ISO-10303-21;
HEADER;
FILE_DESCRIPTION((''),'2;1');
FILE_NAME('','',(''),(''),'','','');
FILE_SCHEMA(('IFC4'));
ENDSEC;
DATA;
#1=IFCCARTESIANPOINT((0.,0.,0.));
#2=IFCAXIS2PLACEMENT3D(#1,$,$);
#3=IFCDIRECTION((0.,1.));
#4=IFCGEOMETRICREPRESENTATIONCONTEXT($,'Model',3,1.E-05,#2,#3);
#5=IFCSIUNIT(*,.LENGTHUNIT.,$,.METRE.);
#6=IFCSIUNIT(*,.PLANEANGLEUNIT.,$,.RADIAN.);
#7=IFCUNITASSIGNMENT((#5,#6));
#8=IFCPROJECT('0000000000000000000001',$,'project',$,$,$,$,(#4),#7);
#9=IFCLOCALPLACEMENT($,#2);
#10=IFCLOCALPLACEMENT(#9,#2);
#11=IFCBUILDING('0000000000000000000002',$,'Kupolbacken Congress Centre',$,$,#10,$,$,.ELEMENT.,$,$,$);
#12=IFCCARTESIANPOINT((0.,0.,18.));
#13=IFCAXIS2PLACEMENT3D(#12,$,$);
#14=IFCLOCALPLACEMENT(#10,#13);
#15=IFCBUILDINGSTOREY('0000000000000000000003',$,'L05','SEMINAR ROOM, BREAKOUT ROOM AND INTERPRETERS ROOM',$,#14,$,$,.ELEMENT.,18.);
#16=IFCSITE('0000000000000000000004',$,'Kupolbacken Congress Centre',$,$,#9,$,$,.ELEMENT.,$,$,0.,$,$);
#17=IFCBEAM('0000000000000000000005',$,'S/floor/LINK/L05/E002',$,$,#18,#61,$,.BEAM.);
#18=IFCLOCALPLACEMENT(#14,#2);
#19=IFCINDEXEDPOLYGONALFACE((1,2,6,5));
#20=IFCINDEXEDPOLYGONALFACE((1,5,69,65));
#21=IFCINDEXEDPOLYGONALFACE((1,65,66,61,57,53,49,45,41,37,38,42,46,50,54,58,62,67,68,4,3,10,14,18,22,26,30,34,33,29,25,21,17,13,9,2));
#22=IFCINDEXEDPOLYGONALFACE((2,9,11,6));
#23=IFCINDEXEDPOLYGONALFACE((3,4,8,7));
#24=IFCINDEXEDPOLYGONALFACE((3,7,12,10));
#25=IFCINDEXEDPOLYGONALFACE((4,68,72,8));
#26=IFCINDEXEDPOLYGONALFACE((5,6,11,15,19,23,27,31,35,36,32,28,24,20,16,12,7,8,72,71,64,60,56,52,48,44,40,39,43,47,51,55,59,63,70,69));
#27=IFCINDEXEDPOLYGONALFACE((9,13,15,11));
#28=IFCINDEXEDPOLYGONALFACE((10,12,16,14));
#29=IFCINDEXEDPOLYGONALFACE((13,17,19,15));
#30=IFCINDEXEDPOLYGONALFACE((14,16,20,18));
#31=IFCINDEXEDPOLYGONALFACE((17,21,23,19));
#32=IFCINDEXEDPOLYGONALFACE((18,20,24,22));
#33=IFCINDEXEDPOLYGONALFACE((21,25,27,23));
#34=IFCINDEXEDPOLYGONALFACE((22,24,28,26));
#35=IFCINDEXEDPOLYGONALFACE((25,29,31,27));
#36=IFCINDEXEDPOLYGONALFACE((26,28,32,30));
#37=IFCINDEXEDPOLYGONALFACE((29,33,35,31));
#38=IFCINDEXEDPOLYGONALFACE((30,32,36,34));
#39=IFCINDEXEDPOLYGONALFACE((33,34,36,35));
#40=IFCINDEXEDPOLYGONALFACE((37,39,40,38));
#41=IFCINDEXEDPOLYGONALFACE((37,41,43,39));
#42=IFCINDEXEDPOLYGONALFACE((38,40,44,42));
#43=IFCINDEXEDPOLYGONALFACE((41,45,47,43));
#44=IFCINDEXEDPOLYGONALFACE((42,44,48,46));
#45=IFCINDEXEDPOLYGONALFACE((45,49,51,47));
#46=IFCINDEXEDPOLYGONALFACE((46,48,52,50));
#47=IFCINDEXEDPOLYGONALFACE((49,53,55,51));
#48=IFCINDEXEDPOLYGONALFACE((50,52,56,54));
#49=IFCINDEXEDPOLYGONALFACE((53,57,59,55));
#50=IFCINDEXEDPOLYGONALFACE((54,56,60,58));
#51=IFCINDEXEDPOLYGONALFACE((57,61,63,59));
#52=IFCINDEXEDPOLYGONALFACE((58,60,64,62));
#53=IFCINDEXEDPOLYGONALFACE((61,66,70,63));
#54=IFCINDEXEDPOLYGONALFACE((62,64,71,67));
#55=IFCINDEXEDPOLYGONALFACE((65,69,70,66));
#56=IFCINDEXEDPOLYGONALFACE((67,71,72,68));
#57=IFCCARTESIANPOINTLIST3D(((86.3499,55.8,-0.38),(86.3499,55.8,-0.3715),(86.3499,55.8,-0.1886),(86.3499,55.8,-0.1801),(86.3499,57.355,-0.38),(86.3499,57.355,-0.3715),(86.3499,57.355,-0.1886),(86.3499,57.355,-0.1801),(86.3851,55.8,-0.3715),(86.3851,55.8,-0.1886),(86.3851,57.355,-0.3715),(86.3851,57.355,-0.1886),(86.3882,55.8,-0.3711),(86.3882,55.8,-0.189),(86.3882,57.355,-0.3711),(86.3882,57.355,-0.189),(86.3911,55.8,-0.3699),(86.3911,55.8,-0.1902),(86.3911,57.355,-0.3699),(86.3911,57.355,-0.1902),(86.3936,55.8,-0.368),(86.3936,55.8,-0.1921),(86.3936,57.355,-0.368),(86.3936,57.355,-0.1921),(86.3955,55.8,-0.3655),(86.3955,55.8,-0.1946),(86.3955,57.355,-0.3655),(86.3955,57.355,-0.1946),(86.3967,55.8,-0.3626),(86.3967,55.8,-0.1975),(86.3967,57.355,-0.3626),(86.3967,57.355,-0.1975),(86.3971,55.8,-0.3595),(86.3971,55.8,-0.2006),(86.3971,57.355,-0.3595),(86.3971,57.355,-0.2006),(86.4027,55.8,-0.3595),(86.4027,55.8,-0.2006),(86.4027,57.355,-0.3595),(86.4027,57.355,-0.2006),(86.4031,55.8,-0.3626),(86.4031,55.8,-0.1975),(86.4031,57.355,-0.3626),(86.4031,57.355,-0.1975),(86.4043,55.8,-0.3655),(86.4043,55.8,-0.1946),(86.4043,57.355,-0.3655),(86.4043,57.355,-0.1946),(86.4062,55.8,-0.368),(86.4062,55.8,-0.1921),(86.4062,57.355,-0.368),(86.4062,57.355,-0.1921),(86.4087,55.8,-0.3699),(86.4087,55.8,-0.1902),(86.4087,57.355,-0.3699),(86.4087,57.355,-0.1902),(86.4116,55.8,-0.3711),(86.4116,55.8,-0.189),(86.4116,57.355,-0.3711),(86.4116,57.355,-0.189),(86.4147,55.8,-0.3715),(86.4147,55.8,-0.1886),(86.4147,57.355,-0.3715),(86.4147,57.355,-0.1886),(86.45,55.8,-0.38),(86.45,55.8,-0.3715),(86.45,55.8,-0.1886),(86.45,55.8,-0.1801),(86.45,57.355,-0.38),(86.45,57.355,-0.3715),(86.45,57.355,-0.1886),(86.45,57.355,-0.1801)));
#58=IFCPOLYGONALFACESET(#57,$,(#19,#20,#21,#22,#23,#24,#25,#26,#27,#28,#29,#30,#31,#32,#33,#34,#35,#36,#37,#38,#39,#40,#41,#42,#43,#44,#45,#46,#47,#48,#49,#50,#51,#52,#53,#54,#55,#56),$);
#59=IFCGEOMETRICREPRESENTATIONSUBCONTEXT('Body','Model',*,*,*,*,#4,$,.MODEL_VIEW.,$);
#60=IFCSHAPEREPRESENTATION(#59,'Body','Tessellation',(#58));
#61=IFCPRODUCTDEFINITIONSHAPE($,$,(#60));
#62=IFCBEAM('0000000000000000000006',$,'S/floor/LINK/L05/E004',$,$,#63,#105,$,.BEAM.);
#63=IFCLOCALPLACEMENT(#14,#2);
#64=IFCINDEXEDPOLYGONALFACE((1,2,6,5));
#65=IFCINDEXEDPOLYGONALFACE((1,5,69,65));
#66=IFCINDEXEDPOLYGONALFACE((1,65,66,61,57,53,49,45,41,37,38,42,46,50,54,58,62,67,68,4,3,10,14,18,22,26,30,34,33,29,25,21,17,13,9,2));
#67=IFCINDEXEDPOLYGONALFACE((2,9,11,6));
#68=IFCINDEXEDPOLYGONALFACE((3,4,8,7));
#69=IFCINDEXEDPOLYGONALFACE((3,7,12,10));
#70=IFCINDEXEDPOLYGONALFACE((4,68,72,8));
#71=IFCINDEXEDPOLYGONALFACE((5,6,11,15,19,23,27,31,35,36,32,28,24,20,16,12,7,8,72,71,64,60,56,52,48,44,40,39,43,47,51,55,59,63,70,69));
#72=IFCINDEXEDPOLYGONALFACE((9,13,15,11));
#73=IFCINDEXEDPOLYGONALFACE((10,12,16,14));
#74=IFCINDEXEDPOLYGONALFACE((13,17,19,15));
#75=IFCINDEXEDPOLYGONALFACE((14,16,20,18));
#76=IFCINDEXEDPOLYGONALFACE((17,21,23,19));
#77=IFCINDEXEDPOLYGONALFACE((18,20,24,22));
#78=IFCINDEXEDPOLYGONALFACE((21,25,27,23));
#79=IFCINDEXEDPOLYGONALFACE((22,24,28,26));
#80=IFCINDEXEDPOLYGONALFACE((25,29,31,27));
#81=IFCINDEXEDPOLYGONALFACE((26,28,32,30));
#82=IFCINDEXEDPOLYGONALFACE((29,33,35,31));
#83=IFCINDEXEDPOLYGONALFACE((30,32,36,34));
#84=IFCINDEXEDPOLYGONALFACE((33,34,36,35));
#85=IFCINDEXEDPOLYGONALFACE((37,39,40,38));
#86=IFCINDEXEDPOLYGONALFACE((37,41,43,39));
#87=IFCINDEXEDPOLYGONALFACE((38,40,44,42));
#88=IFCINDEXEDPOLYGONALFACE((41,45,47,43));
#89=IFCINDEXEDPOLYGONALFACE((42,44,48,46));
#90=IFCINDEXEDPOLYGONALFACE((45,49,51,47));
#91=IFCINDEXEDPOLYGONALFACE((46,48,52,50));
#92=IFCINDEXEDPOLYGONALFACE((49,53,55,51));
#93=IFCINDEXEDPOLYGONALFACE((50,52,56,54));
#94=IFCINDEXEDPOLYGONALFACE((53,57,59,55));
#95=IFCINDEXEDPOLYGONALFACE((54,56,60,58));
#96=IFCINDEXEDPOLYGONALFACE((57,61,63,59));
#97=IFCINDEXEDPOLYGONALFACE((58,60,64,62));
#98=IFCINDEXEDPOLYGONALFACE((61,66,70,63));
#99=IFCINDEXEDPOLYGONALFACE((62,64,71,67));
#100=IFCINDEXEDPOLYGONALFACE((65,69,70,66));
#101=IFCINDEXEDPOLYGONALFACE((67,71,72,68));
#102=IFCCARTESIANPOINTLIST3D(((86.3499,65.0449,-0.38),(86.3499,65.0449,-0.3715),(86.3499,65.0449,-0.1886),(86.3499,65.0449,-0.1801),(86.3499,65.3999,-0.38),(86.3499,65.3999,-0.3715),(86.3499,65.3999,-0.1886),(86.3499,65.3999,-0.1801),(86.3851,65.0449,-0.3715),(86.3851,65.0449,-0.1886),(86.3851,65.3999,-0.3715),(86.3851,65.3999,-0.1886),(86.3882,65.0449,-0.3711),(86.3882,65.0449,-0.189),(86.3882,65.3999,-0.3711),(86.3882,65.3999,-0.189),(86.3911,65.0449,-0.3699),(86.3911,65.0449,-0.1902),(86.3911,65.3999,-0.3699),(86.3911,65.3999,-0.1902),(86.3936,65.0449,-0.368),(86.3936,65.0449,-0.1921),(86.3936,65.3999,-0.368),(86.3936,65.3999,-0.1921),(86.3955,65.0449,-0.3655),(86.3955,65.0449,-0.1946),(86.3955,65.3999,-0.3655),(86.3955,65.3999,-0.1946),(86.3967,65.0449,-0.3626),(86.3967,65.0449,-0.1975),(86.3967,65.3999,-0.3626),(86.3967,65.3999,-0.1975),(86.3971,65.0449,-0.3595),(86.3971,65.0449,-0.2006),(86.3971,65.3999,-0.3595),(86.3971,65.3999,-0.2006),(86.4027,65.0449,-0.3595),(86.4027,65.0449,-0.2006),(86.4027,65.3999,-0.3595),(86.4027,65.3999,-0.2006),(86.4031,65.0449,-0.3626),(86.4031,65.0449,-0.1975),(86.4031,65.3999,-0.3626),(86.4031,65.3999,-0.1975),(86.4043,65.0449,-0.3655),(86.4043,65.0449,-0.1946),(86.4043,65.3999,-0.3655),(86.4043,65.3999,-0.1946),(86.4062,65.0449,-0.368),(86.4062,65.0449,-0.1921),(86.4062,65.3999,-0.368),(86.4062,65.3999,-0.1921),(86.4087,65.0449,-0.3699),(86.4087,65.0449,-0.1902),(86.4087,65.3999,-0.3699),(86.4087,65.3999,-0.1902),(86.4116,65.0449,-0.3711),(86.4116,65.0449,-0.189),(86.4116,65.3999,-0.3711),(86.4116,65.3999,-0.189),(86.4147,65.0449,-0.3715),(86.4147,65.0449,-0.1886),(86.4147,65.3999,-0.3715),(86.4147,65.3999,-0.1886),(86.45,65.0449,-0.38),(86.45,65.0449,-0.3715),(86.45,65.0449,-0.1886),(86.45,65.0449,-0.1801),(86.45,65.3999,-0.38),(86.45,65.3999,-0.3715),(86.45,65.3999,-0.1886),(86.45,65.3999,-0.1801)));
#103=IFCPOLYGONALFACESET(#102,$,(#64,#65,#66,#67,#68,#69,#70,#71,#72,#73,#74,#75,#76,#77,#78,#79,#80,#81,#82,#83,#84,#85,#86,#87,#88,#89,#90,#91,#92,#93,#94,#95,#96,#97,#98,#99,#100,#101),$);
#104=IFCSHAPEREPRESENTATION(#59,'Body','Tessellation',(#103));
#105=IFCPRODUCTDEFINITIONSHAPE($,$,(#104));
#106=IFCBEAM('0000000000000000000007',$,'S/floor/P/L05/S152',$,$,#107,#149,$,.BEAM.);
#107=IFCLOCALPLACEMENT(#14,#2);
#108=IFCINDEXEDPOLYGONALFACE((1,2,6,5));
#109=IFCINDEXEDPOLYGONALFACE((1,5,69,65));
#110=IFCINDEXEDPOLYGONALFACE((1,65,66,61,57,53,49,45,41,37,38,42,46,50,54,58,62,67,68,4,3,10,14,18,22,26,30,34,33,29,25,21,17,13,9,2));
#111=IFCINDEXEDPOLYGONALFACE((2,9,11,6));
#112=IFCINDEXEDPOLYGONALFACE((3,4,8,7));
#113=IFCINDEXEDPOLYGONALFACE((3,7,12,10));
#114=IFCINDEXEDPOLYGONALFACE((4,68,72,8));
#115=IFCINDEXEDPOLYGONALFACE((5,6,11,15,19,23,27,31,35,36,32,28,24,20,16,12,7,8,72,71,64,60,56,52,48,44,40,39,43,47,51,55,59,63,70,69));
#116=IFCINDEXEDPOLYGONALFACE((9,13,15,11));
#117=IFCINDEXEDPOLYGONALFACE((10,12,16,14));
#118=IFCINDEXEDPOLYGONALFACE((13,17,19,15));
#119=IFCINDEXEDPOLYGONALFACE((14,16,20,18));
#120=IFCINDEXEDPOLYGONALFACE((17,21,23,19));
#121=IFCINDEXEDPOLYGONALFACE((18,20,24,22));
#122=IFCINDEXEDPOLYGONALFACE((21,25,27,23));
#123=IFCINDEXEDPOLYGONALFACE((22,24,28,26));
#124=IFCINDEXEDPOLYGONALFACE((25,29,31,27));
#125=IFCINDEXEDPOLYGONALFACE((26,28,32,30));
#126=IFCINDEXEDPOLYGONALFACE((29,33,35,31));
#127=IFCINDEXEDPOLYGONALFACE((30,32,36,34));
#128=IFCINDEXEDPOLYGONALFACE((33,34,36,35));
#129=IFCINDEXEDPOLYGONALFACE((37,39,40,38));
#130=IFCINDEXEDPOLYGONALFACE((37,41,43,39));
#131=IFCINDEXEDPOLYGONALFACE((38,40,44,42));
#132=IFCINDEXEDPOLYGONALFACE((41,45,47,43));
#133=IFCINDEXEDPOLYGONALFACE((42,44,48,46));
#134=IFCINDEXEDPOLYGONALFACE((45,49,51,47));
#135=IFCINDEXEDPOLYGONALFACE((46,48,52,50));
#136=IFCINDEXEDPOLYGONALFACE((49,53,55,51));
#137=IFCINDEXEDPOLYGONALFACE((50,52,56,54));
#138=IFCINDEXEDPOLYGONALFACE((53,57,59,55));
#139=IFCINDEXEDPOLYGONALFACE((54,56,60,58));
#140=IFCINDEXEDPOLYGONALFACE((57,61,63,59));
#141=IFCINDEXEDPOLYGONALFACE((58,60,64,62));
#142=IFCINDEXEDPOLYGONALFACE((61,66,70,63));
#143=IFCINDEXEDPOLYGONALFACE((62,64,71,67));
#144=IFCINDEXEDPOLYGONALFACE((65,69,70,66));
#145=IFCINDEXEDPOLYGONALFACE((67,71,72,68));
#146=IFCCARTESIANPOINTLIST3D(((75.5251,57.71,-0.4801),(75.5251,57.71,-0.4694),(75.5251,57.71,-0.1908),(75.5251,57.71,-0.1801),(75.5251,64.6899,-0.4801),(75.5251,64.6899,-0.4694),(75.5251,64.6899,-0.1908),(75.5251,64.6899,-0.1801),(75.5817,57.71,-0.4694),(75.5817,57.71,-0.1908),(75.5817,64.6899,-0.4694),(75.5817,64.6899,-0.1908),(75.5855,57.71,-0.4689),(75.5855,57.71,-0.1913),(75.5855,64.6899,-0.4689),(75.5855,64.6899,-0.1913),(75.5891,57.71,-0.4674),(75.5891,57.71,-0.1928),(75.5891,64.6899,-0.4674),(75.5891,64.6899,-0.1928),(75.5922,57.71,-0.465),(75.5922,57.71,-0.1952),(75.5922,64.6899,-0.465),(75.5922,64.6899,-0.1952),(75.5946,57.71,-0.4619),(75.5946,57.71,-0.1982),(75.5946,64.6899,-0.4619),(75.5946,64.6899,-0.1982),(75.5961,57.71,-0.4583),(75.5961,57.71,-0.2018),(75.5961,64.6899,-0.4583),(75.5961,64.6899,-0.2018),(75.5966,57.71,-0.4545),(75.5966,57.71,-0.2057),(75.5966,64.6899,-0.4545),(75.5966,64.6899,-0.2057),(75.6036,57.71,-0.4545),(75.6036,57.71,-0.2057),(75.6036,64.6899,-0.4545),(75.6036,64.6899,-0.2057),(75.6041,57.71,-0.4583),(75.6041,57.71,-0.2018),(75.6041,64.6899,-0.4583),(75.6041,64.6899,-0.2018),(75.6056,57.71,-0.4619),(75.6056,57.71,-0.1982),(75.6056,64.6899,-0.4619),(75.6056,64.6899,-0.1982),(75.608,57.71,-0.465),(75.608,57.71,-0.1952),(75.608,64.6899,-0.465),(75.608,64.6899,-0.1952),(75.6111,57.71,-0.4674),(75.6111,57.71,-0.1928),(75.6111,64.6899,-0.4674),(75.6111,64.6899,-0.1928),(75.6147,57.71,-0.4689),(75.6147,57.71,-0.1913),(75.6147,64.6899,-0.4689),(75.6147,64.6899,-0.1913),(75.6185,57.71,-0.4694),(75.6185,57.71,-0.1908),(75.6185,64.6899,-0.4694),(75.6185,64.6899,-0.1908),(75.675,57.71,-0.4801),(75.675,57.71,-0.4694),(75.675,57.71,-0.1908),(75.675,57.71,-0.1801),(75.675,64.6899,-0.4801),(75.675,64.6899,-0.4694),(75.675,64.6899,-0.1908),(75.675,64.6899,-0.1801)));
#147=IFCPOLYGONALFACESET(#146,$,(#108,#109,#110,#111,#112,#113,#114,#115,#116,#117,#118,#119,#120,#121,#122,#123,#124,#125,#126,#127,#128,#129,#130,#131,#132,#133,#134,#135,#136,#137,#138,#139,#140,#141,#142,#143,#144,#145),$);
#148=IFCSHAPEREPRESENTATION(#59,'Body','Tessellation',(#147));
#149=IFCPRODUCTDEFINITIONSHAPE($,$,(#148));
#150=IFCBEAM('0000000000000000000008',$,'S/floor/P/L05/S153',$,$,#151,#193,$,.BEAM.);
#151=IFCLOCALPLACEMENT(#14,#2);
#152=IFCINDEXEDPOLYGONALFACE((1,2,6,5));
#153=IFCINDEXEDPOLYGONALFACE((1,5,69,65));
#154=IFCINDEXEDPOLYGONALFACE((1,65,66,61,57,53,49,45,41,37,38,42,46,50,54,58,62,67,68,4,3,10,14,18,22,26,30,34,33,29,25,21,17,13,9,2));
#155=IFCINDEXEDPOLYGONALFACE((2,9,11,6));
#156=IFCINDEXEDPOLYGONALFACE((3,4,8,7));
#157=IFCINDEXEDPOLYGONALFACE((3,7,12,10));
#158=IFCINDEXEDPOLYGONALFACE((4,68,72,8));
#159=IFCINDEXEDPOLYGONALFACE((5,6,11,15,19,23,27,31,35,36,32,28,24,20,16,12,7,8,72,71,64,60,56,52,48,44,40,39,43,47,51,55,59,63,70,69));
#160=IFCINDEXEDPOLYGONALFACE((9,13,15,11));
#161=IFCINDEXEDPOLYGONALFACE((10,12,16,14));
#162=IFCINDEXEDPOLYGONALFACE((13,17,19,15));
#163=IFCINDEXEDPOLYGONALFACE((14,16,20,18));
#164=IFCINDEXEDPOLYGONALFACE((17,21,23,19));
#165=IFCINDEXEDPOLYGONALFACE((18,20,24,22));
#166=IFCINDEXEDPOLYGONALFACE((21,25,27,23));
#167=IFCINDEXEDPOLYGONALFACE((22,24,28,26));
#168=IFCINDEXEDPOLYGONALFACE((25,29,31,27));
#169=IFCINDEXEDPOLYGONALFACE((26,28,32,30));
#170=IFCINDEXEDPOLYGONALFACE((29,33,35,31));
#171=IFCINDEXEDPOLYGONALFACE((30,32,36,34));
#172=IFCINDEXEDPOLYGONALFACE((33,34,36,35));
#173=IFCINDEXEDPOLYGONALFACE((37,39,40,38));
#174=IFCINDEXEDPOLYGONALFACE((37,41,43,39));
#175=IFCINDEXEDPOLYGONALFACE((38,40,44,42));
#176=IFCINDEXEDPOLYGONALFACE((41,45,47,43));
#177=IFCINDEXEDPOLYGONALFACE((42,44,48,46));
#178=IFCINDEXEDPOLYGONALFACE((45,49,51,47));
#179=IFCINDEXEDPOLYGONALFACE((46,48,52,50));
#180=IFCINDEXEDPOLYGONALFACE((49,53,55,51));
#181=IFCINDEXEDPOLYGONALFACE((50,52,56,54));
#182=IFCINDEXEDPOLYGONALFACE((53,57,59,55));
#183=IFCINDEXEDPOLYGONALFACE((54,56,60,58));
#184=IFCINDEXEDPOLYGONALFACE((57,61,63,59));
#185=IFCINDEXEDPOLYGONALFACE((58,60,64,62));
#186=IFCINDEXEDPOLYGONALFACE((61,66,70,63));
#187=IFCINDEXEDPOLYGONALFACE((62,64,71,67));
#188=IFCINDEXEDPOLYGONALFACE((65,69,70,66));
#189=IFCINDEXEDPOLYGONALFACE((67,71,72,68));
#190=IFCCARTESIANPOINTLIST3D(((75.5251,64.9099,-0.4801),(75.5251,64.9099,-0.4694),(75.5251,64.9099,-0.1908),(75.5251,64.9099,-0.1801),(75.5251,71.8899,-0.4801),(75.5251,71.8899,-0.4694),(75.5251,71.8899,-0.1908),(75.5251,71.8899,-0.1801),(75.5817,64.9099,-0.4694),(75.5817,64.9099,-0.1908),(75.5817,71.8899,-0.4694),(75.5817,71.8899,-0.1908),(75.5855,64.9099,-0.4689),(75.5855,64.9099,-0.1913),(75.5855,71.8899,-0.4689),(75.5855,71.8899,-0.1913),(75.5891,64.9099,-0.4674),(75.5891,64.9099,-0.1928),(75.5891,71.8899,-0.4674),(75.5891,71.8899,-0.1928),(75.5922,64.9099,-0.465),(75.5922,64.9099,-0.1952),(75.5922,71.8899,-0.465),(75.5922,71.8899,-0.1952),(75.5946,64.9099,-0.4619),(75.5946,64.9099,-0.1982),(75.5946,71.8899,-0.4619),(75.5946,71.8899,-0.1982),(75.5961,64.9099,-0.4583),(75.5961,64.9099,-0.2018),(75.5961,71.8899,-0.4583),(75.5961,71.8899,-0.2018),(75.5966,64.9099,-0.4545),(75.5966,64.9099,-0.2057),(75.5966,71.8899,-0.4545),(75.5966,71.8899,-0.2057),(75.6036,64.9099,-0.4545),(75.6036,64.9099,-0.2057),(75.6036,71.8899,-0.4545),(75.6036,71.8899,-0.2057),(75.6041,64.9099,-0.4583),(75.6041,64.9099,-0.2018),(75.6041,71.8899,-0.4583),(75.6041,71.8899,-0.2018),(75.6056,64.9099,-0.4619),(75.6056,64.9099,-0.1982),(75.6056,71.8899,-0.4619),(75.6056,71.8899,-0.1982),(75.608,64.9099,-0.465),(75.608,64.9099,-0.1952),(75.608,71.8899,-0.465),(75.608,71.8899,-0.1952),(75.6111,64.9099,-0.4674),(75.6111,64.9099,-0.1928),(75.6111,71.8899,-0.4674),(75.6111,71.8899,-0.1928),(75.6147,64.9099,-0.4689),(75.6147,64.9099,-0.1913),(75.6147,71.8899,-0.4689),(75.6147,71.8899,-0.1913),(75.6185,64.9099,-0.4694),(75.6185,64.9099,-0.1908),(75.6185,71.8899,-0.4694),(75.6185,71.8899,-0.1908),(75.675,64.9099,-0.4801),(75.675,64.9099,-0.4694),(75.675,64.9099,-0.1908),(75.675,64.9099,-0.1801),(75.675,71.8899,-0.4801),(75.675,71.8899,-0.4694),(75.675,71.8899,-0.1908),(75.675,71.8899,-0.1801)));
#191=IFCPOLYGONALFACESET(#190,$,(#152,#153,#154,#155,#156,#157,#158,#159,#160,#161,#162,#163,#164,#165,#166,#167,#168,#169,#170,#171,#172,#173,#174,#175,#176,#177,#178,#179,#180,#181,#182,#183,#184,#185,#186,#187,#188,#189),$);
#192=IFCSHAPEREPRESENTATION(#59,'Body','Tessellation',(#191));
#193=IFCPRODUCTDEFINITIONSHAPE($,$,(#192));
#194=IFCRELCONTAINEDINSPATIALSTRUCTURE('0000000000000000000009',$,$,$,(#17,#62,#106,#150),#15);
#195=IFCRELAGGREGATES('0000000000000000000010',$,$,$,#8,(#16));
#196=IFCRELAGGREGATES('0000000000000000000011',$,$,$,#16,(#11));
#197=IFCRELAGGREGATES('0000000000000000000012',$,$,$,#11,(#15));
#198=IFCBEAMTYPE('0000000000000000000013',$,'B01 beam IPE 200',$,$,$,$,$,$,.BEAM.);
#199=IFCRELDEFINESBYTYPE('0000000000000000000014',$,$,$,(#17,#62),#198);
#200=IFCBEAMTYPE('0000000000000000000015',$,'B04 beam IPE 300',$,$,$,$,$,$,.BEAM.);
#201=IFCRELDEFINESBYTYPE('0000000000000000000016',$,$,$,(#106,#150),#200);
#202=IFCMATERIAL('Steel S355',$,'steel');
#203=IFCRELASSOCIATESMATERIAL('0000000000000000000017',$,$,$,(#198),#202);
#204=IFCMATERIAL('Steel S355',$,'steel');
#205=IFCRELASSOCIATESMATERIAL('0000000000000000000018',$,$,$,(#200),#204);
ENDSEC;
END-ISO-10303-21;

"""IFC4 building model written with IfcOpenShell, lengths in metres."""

from ifc_helpers import new_model, si_unit, direction, frame, origin, origin_2d, place, context, subcontext, project, spatial, i_section, extrude, material, material_profile, profile_set, type_object, element, save


model = new_model("IFC4")

# Units and contexts
model_context = context("Model", 3, precision=1e-05, world=origin(), true_north=direction((0.0, 1.0)))
body_context = subcontext(model_context, "Body", "Model", "MODEL_VIEW")
ifc_project = project(units=[si_unit("LENGTHUNIT", "METRE"), si_unit("PLANEANGLEUNIT", "RADIAN")], contexts=[model_context])

# Site, building, storey
site_placement = place(None, origin())
site = spatial("IfcSite", under=ifc_project, at=site_placement, Name="Kupolbacken Congress Centre", CompositionType="ELEMENT", RefElevation=0.0)
building_placement = place(site_placement, origin())
building = spatial("IfcBuilding", under=site, at=building_placement, Name="Kupolbacken Congress Centre", CompositionType="ELEMENT")
storey_placement = place(building_placement, frame((0.0, 0.0, 18.0)))
storey = spatial("IfcBuildingStorey", under=building, at=storey_placement, Name="L05", Description="SEMINAR ROOM, BREAKOUT ROOM AND INTERPRETERS ROOM", CompositionType="ELEMENT", Elevation=18.0)

# Beams
ifc_material_1 = material(Name="Steel S355", Category="steel")
ifc_material_profile_1 = material_profile(ifc_material_1, i_section(OverallWidth=0.1001, OverallDepth=0.2, WebThickness=0.0056, FlangeThickness=0.0085, FilletRadius=0.012, at=origin_2d()), Name="IPE 200")
ifc_profile_set_1 = profile_set([ifc_material_profile_1], Name="Steel S355")
beam_type_1 = type_object("IfcBeamType", Name="B01 beam IPE 200", PredefinedType="BEAM", material=ifc_profile_set_1)
beam_1_placement = place(storey_placement, frame((86.3999, 55.8, -0.28), z_axis=(0.0, 1.0, 0.0), x_axis=(-1.0, 0.0, 0.0)))
element("IfcBeam", 1, at=beam_1_placement, inside=storey, type_object=beam_type_1, Name="S/floor/LINK/L05/E002", PredefinedType="BEAM", context=body_context, shape_type="SweptSolid", body=[
    extrude(i_section(OverallWidth=0.1001, OverallDepth=0.2, WebThickness=0.0056, FlangeThickness=0.0085, FilletRadius=0.012, at=origin_2d()), origin(), (0.0, 0.0, 1.0), 1.5549),
])
beam_2_placement = place(storey_placement, frame((86.3999, 65.0449, -0.28), z_axis=(0.0, 1.0, 0.0), x_axis=(-1.0, 0.0, 0.0)))
element("IfcBeam", 2, at=beam_2_placement, inside=storey, type_object=beam_type_1, Name="S/floor/LINK/L05/E004", PredefinedType="BEAM", context=body_context, shape_type="SweptSolid", body=[
    extrude(i_section(OverallWidth=0.1001, OverallDepth=0.2, WebThickness=0.0056, FlangeThickness=0.0085, FilletRadius=0.012, at=origin_2d()), origin(), (0.0, 0.0, 1.0), 0.355),
])
ifc_material_2 = material(Name="Steel S355", Category="steel")
ifc_material_profile_2 = material_profile(ifc_material_2, i_section(OverallWidth=0.1499, OverallDepth=0.3, WebThickness=0.0071, FlangeThickness=0.0107, FilletRadius=0.0149, at=origin_2d()), Name="IPE 300")
ifc_profile_set_2 = profile_set([ifc_material_profile_2], Name="Steel S355")
beam_type_2 = type_object("IfcBeamType", Name="B04 beam IPE 300", PredefinedType="BEAM", material=ifc_profile_set_2)
for number, where, z_axis, x_axis, name in (
    (3, (75.6001, 57.71, -0.3301), (0.0, 1.0, 0.0), (-1.0, 0.0, 0.0), "S/floor/P/L05/S152"),
    (4, (75.6001, 64.9099, -0.3301), (0.0, 1.0, 0.0), (-1.0, 0.0, 0.0), "S/floor/P/L05/S153"),
):
    element("IfcBeam", number, at=place(storey_placement, frame(where, z_axis=z_axis, x_axis=x_axis)), inside=storey, type_object=beam_type_2, Name=name, PredefinedType="BEAM", context=body_context, shape_type="SweptSolid", body=[
        extrude(i_section(OverallWidth=0.1499, OverallDepth=0.3, WebThickness=0.0071, FlangeThickness=0.0107, FilletRadius=0.0149, at=origin_2d()), origin(), (0.0, 0.0, 1.0), 6.98),
    ])

save(model, "model.ifc")
